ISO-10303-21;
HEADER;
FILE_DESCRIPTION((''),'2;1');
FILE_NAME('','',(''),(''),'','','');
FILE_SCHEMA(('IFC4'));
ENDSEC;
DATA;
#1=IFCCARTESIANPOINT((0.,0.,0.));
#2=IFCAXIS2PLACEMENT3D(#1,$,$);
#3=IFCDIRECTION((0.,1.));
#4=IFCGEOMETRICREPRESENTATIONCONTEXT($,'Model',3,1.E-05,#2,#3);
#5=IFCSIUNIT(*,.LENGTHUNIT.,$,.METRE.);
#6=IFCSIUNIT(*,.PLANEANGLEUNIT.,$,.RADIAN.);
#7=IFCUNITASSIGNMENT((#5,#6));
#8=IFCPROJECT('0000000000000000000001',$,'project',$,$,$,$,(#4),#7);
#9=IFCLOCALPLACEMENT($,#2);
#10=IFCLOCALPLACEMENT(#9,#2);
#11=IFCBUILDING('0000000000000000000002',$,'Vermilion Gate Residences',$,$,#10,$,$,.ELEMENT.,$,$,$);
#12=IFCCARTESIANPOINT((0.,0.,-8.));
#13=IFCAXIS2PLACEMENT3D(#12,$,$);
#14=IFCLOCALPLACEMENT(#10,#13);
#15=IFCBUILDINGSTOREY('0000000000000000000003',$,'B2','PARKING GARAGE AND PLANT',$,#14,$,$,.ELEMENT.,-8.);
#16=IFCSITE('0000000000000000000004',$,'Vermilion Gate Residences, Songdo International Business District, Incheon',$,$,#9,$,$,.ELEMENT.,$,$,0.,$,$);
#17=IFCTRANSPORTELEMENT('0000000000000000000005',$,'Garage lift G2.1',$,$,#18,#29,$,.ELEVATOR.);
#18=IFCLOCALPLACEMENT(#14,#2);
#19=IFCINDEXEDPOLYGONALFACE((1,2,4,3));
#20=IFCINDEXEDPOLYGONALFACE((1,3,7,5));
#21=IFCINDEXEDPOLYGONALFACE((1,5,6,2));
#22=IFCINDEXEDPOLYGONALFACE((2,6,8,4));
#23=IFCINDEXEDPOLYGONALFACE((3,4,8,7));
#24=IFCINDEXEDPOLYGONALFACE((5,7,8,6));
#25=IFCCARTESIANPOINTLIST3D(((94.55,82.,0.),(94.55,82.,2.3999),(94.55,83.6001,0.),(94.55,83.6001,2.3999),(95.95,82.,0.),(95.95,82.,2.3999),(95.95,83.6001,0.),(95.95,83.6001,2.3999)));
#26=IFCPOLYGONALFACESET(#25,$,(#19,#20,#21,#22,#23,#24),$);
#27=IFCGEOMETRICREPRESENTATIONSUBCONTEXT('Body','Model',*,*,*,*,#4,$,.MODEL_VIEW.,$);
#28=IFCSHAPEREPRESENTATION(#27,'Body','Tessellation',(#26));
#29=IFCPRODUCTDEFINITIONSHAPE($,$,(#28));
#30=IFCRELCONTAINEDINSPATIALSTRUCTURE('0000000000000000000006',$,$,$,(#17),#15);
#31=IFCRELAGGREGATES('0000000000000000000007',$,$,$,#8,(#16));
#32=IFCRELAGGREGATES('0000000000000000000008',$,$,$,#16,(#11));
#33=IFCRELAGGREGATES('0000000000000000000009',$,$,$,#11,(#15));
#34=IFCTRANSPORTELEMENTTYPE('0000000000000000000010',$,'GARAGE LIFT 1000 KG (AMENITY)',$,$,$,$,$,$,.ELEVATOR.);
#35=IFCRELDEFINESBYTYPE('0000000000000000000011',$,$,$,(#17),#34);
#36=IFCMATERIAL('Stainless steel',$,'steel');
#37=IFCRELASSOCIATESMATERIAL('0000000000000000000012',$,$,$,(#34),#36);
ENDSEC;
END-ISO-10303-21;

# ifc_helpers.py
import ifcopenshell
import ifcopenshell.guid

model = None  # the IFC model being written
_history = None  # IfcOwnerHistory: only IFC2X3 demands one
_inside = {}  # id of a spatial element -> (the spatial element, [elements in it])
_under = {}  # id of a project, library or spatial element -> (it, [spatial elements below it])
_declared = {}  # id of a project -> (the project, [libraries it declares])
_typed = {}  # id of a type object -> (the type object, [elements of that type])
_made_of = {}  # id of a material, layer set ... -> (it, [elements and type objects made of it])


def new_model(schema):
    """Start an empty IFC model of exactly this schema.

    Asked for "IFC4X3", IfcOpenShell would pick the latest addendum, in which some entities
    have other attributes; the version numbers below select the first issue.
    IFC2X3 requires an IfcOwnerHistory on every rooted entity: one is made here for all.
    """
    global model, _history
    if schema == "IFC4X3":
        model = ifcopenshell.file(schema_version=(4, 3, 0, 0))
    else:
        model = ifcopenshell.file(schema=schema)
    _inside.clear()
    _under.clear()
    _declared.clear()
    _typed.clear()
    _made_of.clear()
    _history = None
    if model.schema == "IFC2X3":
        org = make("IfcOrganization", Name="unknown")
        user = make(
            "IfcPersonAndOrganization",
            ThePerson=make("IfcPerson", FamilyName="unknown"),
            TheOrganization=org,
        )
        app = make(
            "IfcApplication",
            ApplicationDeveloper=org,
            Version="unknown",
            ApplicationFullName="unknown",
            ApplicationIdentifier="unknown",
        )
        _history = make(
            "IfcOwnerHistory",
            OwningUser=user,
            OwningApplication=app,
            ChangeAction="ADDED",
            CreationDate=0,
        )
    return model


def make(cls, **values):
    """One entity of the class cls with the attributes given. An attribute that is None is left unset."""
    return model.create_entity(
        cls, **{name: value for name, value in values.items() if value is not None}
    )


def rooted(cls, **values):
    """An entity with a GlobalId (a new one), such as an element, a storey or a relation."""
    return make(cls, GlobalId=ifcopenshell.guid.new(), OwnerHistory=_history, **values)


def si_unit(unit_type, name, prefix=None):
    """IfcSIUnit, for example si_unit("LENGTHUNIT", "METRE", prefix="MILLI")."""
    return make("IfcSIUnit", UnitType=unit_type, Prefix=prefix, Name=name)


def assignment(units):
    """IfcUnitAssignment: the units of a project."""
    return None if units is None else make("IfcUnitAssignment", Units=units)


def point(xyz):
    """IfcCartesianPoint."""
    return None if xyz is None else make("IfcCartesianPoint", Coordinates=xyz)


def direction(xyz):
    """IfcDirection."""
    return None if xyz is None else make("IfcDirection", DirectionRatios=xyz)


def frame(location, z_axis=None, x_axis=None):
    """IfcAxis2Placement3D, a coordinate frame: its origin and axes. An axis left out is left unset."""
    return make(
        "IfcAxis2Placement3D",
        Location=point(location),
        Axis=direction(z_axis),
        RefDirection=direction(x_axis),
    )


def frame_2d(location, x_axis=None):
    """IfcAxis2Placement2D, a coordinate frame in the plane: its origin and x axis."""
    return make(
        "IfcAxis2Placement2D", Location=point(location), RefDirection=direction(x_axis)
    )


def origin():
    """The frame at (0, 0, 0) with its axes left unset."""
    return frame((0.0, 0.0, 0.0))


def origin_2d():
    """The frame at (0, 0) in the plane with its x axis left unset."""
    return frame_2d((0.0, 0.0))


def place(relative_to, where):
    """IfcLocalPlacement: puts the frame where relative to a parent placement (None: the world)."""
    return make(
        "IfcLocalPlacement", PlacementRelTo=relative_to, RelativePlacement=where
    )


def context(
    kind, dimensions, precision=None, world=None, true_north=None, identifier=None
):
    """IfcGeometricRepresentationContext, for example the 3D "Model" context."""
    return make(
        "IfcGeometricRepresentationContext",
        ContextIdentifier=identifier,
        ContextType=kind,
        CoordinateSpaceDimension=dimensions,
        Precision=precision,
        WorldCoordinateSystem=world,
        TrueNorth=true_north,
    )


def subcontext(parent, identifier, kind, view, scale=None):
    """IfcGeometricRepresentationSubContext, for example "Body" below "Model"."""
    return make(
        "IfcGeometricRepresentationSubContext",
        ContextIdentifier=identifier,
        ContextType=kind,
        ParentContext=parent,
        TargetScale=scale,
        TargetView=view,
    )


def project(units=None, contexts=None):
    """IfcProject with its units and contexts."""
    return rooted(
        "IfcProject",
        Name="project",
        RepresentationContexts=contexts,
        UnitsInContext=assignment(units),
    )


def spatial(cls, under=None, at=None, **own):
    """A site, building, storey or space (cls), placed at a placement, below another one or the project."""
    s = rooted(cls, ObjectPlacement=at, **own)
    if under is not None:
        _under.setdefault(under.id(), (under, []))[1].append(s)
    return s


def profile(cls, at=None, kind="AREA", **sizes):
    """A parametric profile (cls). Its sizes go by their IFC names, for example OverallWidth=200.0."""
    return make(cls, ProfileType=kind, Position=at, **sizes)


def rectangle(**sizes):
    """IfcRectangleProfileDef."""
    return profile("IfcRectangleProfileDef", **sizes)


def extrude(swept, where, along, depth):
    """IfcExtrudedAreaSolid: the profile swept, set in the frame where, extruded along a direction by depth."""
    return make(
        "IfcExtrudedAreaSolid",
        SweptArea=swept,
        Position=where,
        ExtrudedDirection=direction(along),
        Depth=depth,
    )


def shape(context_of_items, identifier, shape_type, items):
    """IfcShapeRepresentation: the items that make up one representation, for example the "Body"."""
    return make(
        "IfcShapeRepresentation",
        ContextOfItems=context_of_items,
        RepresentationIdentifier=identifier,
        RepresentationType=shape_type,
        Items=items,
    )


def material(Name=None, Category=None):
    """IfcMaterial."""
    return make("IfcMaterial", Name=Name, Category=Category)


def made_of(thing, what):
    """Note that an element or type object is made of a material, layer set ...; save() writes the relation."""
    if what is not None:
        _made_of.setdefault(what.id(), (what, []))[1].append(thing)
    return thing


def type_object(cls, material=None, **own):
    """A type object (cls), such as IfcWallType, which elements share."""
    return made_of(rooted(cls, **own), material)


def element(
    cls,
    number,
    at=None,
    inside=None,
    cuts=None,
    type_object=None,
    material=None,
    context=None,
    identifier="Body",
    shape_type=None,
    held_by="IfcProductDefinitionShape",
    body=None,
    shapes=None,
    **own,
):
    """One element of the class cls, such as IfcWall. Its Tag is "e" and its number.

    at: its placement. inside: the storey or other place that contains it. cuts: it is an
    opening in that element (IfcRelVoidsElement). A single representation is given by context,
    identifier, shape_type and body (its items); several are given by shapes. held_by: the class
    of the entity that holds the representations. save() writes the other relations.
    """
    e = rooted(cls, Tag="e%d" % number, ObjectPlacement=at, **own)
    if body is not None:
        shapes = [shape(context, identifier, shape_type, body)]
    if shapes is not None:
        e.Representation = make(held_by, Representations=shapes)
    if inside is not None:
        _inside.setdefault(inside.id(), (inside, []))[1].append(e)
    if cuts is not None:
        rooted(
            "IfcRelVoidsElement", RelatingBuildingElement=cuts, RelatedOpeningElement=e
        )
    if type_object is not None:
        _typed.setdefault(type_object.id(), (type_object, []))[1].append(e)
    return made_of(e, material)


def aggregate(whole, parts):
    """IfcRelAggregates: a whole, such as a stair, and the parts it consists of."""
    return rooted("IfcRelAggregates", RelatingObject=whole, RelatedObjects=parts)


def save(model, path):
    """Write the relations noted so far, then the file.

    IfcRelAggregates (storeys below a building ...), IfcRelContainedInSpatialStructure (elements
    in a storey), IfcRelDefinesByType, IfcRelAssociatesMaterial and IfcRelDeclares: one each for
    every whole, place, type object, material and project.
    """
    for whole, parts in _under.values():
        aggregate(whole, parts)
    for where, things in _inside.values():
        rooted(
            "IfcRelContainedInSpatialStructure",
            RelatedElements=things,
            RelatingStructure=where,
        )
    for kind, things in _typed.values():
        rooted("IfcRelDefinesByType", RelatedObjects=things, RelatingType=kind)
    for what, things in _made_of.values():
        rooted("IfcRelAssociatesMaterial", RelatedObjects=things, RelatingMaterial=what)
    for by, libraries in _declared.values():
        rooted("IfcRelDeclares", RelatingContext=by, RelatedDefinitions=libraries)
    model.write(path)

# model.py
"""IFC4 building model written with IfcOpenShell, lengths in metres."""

from ifc_helpers import new_model, si_unit, direction, frame, origin, origin_2d, place, context, subcontext, project, spatial, rectangle, extrude, material, type_object, element, save


model = new_model("IFC4")

# Units and contexts
model_context = context("Model", 3, precision=1e-05, world=origin(), true_north=direction((0.0, 1.0)))
body_context = subcontext(model_context, "Body", "Model", "MODEL_VIEW")
ifc_project = project(units=[si_unit("LENGTHUNIT", "METRE"), si_unit("PLANEANGLEUNIT", "RADIAN")], contexts=[model_context])

# Site, building, storey
site_placement = place(None, origin())
site = spatial("IfcSite", under=ifc_project, at=site_placement, Name="Vermilion Gate Residences, Songdo International Business District, Incheon", CompositionType="ELEMENT", RefElevation=0.0)
building_placement = place(site_placement, origin())
building = spatial("IfcBuilding", under=site, at=building_placement, Name="Vermilion Gate Residences", CompositionType="ELEMENT")
storey_placement = place(building_placement, frame((0.0, 0.0, -8.0)))
storey = spatial("IfcBuildingStorey", under=building, at=storey_placement, Name="B2", Description="PARKING GARAGE AND PLANT", CompositionType="ELEMENT", Elevation=-8.0)

# Transport element
ifc_material_1 = material(Name="Stainless steel", Category="steel")
transport_element_type = type_object("IfcTransportElementType", Name="GARAGE LIFT 1000 KG (AMENITY)", PredefinedType="ELEVATOR", material=ifc_material_1)
transport_element_placement = place(storey_placement, frame((95.25, 82.8, 0.0), z_axis=(0.0, 0.0, 1.0), x_axis=(1.0, 0.0, 0.0)))
element("IfcTransportElement", 1, at=transport_element_placement, inside=storey, type_object=transport_element_type, Name="Garage lift G2.1", PredefinedType="ELEVATOR", context=body_context, shape_type="SweptSolid", body=[
    extrude(rectangle(XDim=1.3999, YDim=1.6001, at=origin_2d()), origin(), (0.0, 0.0, 1.0), 2.3999),
])

save(model, "model.ifc")
